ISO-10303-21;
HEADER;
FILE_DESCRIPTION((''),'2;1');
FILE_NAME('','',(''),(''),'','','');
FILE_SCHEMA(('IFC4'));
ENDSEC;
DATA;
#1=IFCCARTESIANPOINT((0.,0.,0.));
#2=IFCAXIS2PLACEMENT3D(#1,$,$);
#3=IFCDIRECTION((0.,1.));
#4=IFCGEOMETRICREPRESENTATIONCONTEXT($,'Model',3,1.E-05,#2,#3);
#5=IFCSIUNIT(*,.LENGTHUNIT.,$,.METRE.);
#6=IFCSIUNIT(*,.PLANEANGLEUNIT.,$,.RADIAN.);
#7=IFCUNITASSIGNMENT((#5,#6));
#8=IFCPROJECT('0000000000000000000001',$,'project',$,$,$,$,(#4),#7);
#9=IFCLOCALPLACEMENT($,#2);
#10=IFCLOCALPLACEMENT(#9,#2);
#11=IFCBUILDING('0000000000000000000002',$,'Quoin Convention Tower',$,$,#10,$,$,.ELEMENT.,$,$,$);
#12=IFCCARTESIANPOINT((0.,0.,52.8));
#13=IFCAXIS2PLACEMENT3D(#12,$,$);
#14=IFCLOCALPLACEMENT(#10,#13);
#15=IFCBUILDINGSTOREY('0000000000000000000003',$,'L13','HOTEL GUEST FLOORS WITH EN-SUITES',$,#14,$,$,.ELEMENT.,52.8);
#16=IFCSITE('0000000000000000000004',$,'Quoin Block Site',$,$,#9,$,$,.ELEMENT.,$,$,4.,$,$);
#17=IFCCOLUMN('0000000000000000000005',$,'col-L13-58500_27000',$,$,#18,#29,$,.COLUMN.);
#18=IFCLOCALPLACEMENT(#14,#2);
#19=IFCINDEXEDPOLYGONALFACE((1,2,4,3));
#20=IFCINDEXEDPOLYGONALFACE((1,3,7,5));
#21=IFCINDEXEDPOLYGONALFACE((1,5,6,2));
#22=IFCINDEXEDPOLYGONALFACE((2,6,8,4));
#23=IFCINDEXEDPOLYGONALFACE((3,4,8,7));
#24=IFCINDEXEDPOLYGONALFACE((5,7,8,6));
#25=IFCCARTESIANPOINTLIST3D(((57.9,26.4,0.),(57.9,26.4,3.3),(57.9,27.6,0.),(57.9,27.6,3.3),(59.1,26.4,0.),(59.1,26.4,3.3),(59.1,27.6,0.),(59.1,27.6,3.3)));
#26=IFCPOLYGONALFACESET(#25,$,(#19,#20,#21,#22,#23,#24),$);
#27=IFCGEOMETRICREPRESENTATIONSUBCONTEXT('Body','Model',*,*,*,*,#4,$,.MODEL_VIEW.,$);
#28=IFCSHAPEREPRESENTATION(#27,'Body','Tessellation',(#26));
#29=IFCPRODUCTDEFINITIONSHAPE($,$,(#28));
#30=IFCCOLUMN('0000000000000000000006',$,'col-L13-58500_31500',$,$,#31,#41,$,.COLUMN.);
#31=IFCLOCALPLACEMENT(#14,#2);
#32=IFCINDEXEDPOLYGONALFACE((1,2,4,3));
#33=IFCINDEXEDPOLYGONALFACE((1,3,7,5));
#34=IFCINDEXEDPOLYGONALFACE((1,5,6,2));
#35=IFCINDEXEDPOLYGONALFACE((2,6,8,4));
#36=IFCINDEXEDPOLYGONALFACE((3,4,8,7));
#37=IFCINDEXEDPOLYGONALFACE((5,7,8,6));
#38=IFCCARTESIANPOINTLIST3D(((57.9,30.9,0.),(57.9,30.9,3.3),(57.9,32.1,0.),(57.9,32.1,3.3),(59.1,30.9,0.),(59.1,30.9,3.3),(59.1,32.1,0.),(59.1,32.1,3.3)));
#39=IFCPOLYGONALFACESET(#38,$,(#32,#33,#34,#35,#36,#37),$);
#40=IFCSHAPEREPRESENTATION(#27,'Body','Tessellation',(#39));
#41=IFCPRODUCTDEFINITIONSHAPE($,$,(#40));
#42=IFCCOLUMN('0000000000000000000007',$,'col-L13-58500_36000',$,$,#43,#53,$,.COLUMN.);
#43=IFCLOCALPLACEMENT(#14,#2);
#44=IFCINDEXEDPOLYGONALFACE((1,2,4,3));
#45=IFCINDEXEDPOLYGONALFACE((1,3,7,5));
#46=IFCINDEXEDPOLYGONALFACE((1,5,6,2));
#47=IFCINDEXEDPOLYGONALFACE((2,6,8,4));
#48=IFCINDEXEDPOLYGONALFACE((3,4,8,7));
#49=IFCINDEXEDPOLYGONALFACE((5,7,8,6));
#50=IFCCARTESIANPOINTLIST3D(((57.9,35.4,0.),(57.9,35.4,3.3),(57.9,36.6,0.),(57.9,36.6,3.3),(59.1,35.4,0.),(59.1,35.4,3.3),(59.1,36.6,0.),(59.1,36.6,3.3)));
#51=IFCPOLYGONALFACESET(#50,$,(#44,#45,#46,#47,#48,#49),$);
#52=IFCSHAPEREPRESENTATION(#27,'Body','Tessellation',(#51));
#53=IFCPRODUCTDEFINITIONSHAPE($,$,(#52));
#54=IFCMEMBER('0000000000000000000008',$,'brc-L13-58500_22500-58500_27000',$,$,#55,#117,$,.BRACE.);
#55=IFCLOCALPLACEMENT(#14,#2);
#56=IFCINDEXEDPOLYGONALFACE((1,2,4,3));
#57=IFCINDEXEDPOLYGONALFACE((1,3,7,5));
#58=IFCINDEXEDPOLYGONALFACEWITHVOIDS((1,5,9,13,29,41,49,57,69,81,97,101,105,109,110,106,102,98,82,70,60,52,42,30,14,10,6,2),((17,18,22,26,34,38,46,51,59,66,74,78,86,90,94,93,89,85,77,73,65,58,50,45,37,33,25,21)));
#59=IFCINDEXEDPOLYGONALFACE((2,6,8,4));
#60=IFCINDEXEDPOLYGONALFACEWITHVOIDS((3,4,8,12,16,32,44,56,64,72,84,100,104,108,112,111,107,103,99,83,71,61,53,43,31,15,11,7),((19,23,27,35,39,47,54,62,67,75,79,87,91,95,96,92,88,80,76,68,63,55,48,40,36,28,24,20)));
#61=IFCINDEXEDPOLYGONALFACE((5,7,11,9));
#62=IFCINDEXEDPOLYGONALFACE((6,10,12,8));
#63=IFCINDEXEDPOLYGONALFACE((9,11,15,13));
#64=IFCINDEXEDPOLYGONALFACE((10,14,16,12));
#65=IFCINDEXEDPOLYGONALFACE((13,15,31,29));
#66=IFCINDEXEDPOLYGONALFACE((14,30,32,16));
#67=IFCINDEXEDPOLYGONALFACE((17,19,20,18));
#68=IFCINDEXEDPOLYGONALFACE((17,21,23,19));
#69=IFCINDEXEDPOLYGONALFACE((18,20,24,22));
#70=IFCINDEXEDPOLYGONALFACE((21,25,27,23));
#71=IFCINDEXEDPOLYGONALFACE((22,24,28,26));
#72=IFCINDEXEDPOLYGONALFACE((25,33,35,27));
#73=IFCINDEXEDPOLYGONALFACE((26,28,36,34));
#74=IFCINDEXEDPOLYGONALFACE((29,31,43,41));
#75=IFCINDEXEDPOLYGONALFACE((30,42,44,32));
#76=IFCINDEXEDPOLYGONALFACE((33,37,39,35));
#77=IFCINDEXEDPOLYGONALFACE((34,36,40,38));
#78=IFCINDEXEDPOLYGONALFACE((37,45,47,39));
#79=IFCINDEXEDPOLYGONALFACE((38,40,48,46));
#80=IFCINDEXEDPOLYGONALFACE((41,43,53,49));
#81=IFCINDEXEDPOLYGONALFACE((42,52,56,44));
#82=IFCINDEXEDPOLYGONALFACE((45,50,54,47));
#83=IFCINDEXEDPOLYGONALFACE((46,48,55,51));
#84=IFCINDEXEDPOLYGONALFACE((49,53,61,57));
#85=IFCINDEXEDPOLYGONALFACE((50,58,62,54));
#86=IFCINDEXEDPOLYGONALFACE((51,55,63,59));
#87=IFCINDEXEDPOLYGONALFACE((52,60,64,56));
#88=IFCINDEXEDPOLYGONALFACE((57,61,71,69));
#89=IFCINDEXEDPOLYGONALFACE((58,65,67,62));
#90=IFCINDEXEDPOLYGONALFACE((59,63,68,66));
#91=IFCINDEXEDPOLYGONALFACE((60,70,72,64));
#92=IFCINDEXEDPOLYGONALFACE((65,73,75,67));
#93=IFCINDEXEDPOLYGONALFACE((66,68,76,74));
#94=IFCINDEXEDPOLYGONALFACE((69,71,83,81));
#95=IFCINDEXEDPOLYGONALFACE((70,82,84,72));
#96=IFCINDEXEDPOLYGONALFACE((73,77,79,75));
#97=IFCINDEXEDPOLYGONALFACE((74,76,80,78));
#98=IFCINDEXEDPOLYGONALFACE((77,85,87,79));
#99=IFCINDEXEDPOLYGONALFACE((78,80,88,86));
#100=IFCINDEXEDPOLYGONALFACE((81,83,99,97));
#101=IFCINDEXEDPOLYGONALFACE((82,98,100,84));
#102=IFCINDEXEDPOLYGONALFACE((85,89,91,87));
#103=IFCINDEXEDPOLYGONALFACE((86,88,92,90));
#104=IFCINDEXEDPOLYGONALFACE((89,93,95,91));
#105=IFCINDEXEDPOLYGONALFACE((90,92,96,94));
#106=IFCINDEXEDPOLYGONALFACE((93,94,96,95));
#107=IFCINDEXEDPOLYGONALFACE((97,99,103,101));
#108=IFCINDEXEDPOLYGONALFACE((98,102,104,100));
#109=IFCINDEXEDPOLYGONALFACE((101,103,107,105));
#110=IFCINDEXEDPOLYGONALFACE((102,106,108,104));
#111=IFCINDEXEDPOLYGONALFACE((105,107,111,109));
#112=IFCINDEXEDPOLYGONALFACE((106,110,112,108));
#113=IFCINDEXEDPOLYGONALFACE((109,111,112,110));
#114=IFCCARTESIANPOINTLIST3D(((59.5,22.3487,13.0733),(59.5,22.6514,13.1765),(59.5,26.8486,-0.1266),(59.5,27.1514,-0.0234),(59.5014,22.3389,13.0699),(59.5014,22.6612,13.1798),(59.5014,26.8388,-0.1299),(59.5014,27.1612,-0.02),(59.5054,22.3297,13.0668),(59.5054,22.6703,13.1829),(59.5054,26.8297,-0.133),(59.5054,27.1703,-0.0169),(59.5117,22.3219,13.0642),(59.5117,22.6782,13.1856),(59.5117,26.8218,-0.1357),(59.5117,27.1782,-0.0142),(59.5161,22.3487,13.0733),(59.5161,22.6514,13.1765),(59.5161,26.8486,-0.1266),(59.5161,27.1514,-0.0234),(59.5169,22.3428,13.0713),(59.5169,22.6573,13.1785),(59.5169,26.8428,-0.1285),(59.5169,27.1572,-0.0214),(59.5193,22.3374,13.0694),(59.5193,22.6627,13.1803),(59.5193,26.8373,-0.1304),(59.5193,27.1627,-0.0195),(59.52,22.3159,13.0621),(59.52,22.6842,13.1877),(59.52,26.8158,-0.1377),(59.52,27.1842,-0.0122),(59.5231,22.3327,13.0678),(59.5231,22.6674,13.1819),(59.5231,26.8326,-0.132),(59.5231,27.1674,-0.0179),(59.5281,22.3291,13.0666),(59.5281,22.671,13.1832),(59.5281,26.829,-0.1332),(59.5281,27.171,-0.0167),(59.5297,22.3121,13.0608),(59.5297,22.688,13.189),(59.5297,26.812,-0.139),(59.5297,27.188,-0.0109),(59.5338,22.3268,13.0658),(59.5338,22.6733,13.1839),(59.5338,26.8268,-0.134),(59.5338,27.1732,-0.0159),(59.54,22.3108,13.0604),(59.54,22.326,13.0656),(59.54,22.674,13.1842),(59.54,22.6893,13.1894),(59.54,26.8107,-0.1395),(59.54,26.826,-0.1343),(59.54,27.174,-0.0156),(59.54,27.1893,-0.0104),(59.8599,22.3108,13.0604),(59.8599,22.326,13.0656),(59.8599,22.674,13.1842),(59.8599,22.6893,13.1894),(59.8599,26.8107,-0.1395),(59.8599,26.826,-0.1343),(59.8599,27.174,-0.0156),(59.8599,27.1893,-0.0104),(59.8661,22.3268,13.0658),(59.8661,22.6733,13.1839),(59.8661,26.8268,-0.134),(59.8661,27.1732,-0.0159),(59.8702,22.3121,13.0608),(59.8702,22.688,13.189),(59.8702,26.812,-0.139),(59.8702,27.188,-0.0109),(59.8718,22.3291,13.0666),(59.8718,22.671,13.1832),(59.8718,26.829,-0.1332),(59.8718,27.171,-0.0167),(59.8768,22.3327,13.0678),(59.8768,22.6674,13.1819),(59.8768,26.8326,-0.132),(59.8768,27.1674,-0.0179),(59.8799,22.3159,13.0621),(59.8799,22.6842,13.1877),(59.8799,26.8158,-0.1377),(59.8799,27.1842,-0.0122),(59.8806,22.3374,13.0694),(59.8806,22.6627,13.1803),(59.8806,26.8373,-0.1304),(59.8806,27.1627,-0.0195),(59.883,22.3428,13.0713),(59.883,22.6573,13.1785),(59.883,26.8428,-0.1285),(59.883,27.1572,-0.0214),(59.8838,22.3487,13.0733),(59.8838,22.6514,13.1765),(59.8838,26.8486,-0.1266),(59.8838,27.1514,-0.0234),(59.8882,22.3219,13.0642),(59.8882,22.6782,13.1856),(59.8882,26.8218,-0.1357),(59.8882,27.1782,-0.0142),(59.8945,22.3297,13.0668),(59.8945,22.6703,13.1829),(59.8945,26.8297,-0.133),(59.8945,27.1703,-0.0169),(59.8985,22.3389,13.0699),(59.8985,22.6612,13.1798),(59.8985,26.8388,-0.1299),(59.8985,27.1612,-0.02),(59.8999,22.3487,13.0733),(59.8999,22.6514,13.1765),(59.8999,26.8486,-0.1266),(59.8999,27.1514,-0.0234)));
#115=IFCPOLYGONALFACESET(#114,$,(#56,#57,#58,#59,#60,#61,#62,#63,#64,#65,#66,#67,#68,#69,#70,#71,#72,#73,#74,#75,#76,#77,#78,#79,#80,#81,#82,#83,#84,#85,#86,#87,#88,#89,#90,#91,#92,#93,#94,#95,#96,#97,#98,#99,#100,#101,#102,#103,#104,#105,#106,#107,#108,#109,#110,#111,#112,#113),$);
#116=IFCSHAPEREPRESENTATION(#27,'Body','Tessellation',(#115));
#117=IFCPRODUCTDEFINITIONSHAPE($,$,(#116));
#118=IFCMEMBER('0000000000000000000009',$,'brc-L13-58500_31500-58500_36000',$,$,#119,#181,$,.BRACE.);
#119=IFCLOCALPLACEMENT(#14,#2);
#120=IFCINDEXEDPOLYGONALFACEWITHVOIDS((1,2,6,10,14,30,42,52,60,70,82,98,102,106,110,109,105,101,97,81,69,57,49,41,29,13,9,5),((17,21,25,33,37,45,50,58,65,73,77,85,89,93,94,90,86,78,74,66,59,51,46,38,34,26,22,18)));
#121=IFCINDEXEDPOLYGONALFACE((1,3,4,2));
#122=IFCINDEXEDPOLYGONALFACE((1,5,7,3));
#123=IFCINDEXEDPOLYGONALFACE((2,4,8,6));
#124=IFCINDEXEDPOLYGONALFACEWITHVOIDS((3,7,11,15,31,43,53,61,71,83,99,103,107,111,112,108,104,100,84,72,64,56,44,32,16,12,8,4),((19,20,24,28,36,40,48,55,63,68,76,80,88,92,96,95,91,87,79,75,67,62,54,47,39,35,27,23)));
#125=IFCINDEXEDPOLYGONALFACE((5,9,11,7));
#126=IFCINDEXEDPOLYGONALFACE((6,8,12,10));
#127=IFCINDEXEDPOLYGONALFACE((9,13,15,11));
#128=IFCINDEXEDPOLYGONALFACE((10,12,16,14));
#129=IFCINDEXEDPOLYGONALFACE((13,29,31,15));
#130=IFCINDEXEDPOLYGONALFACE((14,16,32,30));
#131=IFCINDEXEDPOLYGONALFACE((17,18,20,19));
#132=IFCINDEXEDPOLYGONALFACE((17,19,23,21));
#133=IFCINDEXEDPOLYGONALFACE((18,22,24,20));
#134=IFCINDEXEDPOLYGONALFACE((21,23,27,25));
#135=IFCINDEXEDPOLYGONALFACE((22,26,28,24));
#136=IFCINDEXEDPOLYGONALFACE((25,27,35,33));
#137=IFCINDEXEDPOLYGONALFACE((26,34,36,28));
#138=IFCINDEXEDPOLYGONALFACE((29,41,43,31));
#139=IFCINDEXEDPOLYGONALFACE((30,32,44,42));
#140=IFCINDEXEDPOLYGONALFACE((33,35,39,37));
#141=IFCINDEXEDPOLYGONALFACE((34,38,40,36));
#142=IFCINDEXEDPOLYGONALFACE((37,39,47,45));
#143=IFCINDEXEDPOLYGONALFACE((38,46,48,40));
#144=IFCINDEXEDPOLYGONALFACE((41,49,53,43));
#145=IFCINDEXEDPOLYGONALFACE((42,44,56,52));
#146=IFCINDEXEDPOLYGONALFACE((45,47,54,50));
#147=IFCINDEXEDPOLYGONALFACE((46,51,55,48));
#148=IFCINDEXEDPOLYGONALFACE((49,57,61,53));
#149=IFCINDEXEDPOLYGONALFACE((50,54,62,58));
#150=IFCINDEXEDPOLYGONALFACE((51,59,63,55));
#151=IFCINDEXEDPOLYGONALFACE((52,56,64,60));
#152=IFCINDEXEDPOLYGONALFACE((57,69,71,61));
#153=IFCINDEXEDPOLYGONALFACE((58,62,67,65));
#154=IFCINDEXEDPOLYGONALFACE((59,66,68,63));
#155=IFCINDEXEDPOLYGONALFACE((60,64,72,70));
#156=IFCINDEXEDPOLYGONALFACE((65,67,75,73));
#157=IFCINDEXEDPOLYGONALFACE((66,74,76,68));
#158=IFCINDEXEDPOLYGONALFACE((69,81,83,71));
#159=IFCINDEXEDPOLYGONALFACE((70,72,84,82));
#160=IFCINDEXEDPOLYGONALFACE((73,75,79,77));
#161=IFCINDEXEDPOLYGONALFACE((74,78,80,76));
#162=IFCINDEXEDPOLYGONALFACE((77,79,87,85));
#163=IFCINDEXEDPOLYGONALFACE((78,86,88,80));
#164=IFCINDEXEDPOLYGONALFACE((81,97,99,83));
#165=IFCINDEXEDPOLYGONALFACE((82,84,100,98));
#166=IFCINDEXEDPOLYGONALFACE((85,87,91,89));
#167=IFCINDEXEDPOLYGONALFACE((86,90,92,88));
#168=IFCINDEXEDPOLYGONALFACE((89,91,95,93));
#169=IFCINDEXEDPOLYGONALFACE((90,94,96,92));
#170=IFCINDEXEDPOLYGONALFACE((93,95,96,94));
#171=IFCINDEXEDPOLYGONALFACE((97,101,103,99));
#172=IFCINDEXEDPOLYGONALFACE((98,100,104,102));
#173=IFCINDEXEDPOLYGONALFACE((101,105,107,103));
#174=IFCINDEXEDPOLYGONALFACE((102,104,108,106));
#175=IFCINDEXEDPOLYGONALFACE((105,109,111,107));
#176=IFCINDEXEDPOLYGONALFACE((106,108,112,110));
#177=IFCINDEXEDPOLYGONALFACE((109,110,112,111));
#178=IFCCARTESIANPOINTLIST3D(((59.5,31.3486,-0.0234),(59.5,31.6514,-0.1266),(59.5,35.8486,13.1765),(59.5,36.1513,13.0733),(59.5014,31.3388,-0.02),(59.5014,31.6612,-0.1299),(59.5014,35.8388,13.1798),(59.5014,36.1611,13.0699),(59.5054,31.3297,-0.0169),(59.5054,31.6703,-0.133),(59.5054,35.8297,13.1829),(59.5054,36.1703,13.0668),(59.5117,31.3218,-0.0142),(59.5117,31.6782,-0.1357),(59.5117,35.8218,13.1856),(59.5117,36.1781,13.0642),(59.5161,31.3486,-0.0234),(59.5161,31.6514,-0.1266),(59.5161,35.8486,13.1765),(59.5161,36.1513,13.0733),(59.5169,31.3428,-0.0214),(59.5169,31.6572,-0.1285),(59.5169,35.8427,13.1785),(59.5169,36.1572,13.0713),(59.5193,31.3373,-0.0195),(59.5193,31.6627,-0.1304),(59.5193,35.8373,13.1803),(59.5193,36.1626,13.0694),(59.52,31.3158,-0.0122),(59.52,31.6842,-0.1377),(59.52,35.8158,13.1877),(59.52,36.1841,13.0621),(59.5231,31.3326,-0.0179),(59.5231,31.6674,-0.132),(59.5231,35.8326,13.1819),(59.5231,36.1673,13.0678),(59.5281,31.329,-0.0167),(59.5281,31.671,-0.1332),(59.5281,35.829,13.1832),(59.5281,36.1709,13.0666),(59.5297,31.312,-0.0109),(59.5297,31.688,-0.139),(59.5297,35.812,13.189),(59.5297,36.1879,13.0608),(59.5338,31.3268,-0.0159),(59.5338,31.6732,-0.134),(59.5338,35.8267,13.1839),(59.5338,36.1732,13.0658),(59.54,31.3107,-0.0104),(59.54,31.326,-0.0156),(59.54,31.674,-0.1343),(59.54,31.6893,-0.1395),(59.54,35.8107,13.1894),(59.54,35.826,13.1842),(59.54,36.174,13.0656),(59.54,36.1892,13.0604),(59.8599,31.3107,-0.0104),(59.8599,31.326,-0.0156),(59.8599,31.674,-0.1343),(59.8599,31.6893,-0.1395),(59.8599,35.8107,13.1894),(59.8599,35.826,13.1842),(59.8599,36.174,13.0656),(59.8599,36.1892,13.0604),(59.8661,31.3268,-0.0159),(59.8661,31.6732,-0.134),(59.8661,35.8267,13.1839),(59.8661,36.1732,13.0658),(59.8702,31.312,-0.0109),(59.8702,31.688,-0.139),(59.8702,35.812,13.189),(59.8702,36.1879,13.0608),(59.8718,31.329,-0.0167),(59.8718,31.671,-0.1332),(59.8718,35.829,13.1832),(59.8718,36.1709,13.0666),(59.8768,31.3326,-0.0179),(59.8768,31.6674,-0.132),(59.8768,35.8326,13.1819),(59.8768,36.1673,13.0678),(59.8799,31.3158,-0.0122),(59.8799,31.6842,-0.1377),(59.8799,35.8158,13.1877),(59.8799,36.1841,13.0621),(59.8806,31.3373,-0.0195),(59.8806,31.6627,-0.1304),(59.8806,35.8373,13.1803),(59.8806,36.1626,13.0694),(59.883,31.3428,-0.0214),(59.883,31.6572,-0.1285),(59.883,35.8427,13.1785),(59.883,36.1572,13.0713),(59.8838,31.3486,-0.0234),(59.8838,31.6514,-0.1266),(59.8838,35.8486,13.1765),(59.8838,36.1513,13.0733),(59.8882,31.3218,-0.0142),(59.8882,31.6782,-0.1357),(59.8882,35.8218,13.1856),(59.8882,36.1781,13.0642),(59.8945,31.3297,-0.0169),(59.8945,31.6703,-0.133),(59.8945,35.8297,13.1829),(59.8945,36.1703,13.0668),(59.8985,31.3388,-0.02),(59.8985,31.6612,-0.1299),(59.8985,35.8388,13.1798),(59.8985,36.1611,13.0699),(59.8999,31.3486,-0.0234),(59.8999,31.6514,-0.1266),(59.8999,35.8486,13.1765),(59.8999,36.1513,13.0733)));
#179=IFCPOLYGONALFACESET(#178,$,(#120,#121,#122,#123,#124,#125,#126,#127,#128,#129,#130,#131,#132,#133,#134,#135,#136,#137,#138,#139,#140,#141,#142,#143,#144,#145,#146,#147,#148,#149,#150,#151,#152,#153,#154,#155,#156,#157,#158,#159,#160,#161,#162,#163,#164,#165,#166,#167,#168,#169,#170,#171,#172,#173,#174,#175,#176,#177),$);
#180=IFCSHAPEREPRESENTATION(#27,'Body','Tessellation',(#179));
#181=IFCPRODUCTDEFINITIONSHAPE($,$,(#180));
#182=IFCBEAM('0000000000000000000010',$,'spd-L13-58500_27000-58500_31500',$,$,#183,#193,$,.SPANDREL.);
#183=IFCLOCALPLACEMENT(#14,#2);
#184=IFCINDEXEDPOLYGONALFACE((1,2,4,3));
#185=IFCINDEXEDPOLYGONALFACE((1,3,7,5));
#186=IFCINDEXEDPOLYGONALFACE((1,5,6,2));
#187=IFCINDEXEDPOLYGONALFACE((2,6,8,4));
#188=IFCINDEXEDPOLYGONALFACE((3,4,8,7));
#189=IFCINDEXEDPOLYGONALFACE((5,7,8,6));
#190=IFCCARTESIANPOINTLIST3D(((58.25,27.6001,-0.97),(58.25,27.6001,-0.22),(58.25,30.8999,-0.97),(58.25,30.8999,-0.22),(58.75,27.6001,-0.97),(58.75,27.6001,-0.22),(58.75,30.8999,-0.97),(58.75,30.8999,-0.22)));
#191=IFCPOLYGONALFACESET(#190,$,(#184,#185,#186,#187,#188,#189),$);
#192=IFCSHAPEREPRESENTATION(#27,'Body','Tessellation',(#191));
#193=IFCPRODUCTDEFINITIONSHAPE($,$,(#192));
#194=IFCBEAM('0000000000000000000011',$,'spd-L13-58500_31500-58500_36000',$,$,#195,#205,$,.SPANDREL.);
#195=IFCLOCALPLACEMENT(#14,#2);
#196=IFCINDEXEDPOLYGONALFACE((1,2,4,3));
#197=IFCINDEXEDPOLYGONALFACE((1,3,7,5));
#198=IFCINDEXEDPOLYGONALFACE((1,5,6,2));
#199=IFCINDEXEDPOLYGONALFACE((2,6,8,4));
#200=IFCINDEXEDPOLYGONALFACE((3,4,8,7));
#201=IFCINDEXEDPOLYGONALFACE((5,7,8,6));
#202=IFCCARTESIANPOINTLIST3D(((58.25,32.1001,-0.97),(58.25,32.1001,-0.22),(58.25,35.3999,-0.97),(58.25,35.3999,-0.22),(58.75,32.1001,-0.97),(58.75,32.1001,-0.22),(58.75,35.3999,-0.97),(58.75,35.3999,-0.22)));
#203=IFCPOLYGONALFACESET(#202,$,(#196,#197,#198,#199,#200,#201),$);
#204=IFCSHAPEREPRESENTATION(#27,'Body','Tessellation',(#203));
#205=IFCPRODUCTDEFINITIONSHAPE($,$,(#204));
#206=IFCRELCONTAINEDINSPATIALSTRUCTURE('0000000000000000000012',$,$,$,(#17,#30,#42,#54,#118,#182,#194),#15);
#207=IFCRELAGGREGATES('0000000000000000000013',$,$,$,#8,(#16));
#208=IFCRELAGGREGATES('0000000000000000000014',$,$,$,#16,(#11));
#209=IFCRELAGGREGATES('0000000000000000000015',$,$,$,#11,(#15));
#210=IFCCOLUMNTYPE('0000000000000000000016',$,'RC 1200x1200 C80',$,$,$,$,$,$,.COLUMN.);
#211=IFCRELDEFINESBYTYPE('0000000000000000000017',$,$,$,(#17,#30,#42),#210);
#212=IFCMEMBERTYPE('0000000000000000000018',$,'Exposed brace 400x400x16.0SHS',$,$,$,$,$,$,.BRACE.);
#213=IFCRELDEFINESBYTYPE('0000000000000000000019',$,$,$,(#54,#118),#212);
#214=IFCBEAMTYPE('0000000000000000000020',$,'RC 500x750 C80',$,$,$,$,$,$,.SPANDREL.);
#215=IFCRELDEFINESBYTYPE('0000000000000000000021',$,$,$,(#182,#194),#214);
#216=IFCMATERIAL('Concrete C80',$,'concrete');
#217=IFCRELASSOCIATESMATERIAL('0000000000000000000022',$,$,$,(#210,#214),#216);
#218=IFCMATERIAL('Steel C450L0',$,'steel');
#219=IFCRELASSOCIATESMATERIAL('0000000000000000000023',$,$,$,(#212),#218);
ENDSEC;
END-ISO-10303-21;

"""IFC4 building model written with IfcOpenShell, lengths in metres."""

from ifc_helpers import new_model, si_unit, direction, frame, origin, origin_2d, place, context, subcontext, project, spatial, rectangle, hollow_rectangle, extrude, material, material_profile, profile_set, type_object, element, save


model = new_model("IFC4")

# Units and contexts
model_context = context("Model", 3, precision=1e-05, world=origin(), true_north=direction((0.0, 1.0)))
body_context = subcontext(model_context, "Body", "Model", "MODEL_VIEW")
ifc_project = project(units=[si_unit("LENGTHUNIT", "METRE"), si_unit("PLANEANGLEUNIT", "RADIAN")], contexts=[model_context])

# Site, building, storey
site_placement = place(None, origin())
site = spatial("IfcSite", under=ifc_project, at=site_placement, Name="Quoin Block Site", CompositionType="ELEMENT", RefElevation=4.0)
building_placement = place(site_placement, origin())
building = spatial("IfcBuilding", under=site, at=building_placement, Name="Quoin Convention Tower", CompositionType="ELEMENT")
storey_placement = place(building_placement, frame((0.0, 0.0, 52.8)))
storey = spatial("IfcBuildingStorey", under=building, at=storey_placement, Name="L13", Description="HOTEL GUEST FLOORS WITH EN-SUITES", CompositionType="ELEMENT", Elevation=52.8)

# Columns
ifc_material_1 = material(Name="Concrete C80", Category="concrete")
ifc_material_profile_1 = material_profile(ifc_material_1, rectangle(XDim=1.2, YDim=1.2, at=origin_2d()), Name="RC 1200x1200")
ifc_profile_set_1 = profile_set([ifc_material_profile_1], Name="Concrete C80")
column_type = type_object("IfcColumnType", Name="RC 1200x1200 C80", PredefinedType="COLUMN", material=ifc_profile_set_1)
for number, where, z_axis, x_axis, name in (
    (1, (58.5, 27.0, 0.0), (0.0, 0.0, 1.0), (1.0, 0.0, 0.0), "col-L13-58500_27000"),
    (2, (58.5, 31.5, 0.0), (0.0, 0.0, 1.0), (1.0, 0.0, 0.0), "col-L13-58500_31500"),
    (3, (58.5, 36.0, 0.0), (0.0, 0.0, 1.0), (1.0, 0.0, 0.0), "col-L13-58500_36000"),
):
    element("IfcColumn", number, at=place(storey_placement, frame(where, z_axis=z_axis, x_axis=x_axis)), inside=storey, type_object=column_type, Name=name, PredefinedType="COLUMN", context=body_context, shape_type="SweptSolid", body=[
        extrude(rectangle(XDim=1.2, YDim=1.2, at=origin_2d()), origin(), (0.0, 0.0, 1.0), 3.3),
    ])

# Members
ifc_material_2 = material(Name="Steel C450L0", Category="steel")
ifc_material_profile_2 = material_profile(ifc_material_2, hollow_rectangle(XDim=0.3999, YDim=0.3999, WallThickness=0.0161, InnerFilletRadius=0.0239, OuterFilletRadius=0.04, at=origin_2d()), Name="400x400x16.0SHS")
ifc_profile_set_2 = profile_set([ifc_material_profile_2], Name="Steel C450L0")
member_type = type_object("IfcMemberType", Name="Exposed brace 400x400x16.0SHS", PredefinedType="BRACE", material=ifc_profile_set_2)
for number, where, z_axis, x_axis, name in (
    (4, (59.7, 27.0, -0.075), (0.0, -0.322675, 0.94651), (1.0, 0.0, 0.0), "brc-L13-58500_22500-58500_27000"),
    (5, (59.7, 31.5, -0.075), (0.0, 0.322675, 0.94651), (-1.0, 0.0, 0.0), "brc-L13-58500_31500-58500_36000"),
):
    element("IfcMember", number, at=place(storey_placement, frame(where, z_axis=z_axis, x_axis=x_axis)), inside=storey, type_object=member_type, Name=name, PredefinedType="BRACE", context=body_context, shape_type="SweptSolid", body=[
        extrude(hollow_rectangle(XDim=0.3999, YDim=0.3999, WallThickness=0.0161, InnerFilletRadius=0.0239, OuterFilletRadius=0.04, at=origin_2d()), origin(), (0.0, 0.0, 1.0), 13.9458),
    ])

# Beams
ifc_material_profile_3 = material_profile(ifc_material_1, rectangle(XDim=0.5, YDim=0.75, at=origin_2d()), Name="RC 500x750")
ifc_profile_set_3 = profile_set([ifc_material_profile_3], Name="Concrete C80")
beam_type = type_object("IfcBeamType", Name="RC 500x750 C80", PredefinedType="SPANDREL", material=ifc_profile_set_3)
for number, where, z_axis, x_axis, name in (
    (6, (58.5, 27.6001, -0.595), (0.0, 1.0, 0.0), (-1.0, 0.0, 0.0), "spd-L13-58500_27000-58500_31500"),
    (7, (58.5, 32.1001, -0.595), (0.0, 1.0, 0.0), (-1.0, 0.0, 0.0), "spd-L13-58500_31500-58500_36000"),
):
    element("IfcBeam", number, at=place(storey_placement, frame(where, z_axis=z_axis, x_axis=x_axis)), inside=storey, type_object=beam_type, Name=name, PredefinedType="SPANDREL", context=body_context, shape_type="SweptSolid", body=[
        extrude(rectangle(XDim=0.5, YDim=0.75, at=origin_2d()), origin(), (0.0, 0.0, 1.0), 3.2998),
    ])

save(model, "model.ifc")
